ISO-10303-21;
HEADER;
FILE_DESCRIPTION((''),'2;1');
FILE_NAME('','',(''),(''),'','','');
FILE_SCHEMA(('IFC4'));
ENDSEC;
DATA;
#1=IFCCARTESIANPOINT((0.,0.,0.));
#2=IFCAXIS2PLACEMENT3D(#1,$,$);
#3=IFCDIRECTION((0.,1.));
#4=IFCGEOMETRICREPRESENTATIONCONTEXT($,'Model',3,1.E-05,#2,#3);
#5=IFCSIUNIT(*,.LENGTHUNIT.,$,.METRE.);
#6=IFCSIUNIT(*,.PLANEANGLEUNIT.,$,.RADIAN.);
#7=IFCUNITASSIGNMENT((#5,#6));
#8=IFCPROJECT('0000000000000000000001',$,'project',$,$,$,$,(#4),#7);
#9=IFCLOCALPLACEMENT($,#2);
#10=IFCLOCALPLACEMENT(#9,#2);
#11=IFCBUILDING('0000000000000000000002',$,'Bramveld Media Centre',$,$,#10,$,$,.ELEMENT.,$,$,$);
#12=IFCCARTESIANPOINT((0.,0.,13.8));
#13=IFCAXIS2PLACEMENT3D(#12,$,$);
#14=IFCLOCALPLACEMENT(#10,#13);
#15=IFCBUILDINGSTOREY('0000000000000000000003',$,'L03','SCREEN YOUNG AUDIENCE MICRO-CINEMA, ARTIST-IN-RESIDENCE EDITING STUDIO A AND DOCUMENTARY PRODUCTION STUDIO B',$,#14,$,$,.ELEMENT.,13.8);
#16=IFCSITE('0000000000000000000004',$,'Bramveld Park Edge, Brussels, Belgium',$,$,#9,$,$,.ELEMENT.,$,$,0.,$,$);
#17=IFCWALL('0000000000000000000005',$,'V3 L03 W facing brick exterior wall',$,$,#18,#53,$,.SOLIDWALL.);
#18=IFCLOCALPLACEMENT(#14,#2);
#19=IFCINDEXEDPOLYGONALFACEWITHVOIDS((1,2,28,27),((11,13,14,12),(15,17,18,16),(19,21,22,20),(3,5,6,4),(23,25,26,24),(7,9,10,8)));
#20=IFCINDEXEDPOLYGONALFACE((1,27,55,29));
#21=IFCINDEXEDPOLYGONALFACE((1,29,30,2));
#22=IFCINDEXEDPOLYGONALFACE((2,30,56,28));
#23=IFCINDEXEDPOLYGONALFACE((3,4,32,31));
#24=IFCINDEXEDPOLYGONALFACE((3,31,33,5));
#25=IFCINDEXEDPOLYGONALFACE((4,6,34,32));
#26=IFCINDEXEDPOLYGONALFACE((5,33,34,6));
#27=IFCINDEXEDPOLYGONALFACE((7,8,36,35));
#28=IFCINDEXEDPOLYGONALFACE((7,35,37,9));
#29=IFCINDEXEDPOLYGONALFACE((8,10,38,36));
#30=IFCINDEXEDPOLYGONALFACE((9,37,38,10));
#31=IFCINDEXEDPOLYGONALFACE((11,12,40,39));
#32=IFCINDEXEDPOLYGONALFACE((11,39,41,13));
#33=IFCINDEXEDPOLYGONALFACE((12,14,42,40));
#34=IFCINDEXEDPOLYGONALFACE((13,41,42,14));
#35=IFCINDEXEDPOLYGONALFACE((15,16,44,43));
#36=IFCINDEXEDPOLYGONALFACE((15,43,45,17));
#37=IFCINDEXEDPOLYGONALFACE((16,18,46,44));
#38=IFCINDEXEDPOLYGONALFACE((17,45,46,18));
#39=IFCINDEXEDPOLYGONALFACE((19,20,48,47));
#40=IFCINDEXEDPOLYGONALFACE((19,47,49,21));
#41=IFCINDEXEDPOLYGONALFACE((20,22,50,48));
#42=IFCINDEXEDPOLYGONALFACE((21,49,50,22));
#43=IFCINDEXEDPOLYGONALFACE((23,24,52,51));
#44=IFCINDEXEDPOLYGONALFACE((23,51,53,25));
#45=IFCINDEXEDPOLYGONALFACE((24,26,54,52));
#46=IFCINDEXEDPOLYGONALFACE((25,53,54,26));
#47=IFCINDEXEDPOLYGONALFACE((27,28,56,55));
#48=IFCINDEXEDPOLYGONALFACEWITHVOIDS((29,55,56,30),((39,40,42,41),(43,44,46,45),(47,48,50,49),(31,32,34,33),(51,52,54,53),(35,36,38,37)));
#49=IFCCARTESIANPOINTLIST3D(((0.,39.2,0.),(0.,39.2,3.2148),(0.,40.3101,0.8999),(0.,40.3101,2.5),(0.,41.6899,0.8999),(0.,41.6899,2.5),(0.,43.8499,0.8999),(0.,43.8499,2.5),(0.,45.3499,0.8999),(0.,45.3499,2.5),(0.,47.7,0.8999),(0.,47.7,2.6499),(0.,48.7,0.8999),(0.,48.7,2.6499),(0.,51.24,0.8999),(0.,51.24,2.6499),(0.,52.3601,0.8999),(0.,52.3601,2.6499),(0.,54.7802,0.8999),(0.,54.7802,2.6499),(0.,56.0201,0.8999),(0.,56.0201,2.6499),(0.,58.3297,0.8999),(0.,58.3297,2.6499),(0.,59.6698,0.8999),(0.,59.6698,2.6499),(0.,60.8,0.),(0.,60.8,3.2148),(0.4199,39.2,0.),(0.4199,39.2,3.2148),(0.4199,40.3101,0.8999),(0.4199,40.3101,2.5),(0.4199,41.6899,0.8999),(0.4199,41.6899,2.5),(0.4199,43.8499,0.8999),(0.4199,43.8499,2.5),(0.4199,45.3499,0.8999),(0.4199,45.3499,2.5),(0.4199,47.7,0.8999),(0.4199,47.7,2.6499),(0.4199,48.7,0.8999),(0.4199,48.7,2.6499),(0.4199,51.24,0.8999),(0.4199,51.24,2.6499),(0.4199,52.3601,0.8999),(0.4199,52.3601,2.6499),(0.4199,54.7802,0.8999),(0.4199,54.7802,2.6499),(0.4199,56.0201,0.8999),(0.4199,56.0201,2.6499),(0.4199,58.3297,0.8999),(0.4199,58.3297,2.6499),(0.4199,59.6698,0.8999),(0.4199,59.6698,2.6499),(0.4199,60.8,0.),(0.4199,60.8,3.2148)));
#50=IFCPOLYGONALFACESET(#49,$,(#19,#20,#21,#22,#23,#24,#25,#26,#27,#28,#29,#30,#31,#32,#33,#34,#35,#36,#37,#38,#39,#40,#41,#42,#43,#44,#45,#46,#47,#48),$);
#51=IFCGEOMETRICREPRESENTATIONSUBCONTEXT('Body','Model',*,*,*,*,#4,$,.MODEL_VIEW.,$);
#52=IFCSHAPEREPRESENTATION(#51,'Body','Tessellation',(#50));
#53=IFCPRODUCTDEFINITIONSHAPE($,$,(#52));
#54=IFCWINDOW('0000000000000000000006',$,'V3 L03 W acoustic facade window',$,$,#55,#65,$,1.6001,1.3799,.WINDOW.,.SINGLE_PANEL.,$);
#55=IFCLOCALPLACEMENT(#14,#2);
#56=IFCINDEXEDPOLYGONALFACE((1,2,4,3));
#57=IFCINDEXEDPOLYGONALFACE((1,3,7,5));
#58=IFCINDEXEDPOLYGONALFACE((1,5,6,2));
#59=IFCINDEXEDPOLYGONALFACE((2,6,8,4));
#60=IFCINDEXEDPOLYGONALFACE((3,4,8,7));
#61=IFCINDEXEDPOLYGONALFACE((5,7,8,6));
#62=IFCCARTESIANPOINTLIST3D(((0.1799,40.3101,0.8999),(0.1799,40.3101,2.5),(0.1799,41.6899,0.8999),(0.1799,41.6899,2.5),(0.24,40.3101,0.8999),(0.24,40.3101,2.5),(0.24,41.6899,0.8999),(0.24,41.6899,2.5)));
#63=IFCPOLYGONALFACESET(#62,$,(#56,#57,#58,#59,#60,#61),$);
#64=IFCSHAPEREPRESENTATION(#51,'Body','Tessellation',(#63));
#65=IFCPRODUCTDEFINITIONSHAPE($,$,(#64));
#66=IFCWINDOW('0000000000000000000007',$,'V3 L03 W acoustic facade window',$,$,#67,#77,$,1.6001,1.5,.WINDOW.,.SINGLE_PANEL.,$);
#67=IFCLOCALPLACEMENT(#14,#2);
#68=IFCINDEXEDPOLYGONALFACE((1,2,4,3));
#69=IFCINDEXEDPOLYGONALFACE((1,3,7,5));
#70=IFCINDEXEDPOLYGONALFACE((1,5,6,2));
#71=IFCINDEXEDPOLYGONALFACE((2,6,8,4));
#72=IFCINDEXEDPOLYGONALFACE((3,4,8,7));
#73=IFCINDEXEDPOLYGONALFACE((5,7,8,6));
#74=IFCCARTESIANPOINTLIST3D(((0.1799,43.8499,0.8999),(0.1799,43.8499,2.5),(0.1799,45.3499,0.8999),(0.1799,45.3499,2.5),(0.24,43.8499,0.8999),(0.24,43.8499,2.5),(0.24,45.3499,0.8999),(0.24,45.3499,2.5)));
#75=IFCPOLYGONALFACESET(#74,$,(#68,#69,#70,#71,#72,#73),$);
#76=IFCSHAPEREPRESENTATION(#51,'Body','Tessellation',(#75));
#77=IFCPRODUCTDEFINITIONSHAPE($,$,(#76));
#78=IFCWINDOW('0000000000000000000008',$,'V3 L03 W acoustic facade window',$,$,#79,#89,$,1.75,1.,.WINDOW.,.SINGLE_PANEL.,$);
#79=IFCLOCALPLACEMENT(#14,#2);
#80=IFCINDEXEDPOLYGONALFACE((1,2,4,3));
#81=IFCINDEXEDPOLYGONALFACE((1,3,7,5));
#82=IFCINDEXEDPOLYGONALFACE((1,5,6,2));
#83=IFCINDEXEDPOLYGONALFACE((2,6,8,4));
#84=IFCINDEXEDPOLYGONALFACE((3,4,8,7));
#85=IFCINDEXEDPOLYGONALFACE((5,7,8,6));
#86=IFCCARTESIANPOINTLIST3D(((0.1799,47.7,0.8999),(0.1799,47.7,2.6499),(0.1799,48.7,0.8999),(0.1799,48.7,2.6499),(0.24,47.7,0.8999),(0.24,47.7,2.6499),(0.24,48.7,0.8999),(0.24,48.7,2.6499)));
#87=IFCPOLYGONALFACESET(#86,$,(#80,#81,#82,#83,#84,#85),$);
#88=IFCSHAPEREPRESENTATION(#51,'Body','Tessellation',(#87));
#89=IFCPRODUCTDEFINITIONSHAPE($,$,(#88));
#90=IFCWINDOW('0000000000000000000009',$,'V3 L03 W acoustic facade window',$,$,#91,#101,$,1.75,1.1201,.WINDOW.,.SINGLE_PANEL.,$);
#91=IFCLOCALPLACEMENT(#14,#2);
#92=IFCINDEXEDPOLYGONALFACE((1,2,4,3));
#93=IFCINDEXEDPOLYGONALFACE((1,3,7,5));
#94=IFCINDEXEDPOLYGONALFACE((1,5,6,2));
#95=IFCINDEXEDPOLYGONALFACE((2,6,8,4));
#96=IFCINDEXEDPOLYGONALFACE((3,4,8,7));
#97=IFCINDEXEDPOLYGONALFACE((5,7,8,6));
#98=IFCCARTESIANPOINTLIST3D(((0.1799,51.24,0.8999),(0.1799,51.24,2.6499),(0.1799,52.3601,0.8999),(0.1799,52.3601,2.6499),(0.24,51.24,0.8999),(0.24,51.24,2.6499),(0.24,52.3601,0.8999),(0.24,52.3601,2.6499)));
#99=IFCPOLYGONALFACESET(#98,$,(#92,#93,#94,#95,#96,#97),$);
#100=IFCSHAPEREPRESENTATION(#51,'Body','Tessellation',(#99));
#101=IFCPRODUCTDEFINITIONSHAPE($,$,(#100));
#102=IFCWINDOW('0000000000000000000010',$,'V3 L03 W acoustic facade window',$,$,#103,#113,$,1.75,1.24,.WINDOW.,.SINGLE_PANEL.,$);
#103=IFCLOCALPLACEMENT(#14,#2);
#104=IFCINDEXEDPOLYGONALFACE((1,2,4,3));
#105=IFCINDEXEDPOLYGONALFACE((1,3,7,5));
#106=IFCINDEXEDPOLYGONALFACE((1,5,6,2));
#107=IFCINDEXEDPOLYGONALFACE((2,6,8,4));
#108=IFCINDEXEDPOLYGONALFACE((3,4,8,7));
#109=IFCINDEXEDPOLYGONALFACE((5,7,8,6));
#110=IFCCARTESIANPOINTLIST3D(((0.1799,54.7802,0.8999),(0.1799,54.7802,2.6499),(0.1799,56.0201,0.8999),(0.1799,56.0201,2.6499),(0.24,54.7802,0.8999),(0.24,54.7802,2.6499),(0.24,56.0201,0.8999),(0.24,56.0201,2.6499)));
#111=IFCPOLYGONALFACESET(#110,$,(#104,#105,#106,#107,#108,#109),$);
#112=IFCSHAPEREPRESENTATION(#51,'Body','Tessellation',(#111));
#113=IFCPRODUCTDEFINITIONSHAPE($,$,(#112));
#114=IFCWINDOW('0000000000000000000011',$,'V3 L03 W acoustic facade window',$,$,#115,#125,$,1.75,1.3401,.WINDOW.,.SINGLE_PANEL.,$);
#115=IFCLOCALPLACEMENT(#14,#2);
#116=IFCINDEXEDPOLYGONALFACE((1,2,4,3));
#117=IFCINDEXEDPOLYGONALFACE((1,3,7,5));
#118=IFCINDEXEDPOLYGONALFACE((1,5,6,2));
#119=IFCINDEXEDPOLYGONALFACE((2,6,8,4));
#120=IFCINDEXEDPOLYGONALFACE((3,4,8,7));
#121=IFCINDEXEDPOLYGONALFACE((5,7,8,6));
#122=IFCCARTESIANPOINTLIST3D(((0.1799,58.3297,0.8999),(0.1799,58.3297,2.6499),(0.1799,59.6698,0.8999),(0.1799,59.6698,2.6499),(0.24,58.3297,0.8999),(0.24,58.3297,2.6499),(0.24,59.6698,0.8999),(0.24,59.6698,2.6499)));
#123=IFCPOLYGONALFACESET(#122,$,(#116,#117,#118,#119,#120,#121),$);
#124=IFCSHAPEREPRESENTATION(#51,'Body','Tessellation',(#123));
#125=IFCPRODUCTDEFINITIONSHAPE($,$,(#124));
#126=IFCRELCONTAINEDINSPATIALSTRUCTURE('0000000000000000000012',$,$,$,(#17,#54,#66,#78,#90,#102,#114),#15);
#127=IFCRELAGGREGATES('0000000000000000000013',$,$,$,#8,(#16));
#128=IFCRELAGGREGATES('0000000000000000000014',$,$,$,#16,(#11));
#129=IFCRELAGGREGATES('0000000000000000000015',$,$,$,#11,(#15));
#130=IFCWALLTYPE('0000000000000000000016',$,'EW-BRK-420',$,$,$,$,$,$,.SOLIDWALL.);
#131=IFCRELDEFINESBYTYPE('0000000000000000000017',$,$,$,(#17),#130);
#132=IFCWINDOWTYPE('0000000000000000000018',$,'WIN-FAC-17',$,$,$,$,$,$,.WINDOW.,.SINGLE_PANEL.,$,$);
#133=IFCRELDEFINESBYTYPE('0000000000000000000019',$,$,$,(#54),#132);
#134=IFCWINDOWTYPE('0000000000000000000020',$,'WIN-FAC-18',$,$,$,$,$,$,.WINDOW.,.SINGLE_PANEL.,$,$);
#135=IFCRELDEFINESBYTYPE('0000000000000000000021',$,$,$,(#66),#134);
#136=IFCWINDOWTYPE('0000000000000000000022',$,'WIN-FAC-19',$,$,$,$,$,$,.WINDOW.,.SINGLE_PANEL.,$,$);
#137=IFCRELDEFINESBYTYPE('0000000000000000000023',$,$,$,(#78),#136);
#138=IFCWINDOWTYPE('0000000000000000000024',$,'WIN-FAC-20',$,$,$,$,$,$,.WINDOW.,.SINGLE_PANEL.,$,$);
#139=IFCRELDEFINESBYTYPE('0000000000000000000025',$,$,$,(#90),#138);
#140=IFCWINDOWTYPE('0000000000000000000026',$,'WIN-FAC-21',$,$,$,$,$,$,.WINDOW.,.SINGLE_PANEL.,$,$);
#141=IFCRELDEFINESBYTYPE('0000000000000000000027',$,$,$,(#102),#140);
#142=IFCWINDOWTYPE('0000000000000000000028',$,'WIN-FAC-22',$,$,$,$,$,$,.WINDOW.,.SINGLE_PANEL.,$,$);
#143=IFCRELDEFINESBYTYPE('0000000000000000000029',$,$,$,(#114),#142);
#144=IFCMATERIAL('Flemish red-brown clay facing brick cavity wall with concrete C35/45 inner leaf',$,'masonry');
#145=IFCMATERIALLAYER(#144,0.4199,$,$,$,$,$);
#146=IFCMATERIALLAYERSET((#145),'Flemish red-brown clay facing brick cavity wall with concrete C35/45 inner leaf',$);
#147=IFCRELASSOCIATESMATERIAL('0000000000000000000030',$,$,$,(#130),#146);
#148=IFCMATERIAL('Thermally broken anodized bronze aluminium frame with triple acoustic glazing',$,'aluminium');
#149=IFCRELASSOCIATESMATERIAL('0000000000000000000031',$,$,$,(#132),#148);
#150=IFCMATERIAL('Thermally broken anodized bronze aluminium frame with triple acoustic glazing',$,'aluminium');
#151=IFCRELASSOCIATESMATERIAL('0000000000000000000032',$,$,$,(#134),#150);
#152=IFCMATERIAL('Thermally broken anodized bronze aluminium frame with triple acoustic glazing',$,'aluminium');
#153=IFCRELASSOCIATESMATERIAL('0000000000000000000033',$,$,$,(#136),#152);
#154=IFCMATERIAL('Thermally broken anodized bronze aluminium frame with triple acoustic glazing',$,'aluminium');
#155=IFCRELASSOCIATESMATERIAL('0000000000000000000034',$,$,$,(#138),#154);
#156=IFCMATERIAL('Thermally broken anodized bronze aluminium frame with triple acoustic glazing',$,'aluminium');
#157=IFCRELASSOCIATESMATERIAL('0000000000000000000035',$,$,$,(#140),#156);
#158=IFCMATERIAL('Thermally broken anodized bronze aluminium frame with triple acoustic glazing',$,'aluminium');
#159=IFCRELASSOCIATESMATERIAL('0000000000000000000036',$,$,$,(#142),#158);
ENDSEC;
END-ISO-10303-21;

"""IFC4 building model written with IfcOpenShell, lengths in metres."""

from ifc_helpers import new_model, si_unit, direction, frame, frame_2d, origin, place, context, subcontext, project, spatial, rectangle, extrude, material, layer, layer_set, type_object, element, fill, save


model = new_model("IFC4")

# Units and contexts
model_context = context("Model", 3, precision=1e-05, world=origin(), true_north=direction((0.0, 1.0)))
body_context = subcontext(model_context, "Body", "Model", "MODEL_VIEW")
ifc_project = project(units=[si_unit("LENGTHUNIT", "METRE"), si_unit("PLANEANGLEUNIT", "RADIAN")], contexts=[model_context])

# Site, building, storey
site_placement = place(None, origin())
site = spatial("IfcSite", under=ifc_project, at=site_placement, Name="Bramveld Park Edge, Brussels, Belgium", CompositionType="ELEMENT", RefElevation=0.0)
building_placement = place(site_placement, origin())
building = spatial("IfcBuilding", under=site, at=building_placement, Name="Bramveld Media Centre", CompositionType="ELEMENT")
storey_placement = place(building_placement, frame((0.0, 0.0, 13.8)))
storey = spatial("IfcBuildingStorey", under=building, at=storey_placement, Name="L03", Description="SCREEN YOUNG AUDIENCE MICRO-CINEMA, ARTIST-IN-RESIDENCE EDITING STUDIO A AND DOCUMENTARY PRODUCTION STUDIO B", CompositionType="ELEMENT", Elevation=13.8)

# Wall, openings, windows
ifc_material_1 = material(Name="Flemish red-brown clay facing brick cavity wall with concrete C35/45 inner leaf", Category="masonry")
ifc_layer_1 = layer(ifc_material_1, 0.4199)
ifc_layer_set_1 = layer_set([ifc_layer_1], Name="Flemish red-brown clay facing brick cavity wall with concrete C35/45 inner leaf")
wall_type_1 = type_object("IfcWallType", Name="EW-BRK-420", PredefinedType="SOLIDWALL", material=ifc_layer_set_1)
wall_1_placement = place(storey_placement, frame((0.21, 39.2, 0.0), z_axis=(0.0, 0.0, 1.0), x_axis=(0.0, 1.0, 0.0)))
wall_1 = element("IfcWall", 1, at=wall_1_placement, inside=storey, type_object=wall_type_1, Name="V3 L03 W facing brick exterior wall", PredefinedType="SOLIDWALL", context=body_context, shape_type="SweptSolid", body=[
    extrude(rectangle(XDim=21.6001, YDim=0.4199, at=frame_2d((10.8, 0.0))), origin(), (0.0, 0.0, 1.0), 3.2148),
])
opening_1_placement = place(wall_1_placement, frame((1.1101, 0.0, 0.8999)))
opening_1 = element("IfcOpeningElement", 2, at=opening_1_placement, cuts=wall_1, PredefinedType="OPENING", context=body_context, shape_type="SweptSolid", body=[
    extrude(rectangle(XDim=1.3799, YDim=1.6001, at=frame_2d((0.6899, 0.8))), frame((0.0, 0.2219, 0.0), z_axis=(0.0, -1.0, 0.0), x_axis=(1.0, 0.0, 0.0)), (0.0, 0.0, 1.0), 0.4438),
])
opening_2_placement = place(wall_1_placement, frame((4.6499, 0.0, 0.8999)))
opening_2 = element("IfcOpeningElement", 3, at=opening_2_placement, cuts=wall_1, PredefinedType="OPENING", context=body_context, shape_type="SweptSolid", body=[
    extrude(rectangle(XDim=1.5, YDim=1.6001, at=frame_2d((0.75, 0.8))), frame((0.0, 0.2219, 0.0), z_axis=(0.0, -1.0, 0.0), x_axis=(1.0, 0.0, 0.0)), (0.0, 0.0, 1.0), 0.4438),
])
opening_3_placement = place(wall_1_placement, frame((8.5, 0.0, 0.8999)))
opening_3 = element("IfcOpeningElement", 4, at=opening_3_placement, cuts=wall_1, PredefinedType="OPENING", context=body_context, shape_type="SweptSolid", body=[
    extrude(rectangle(XDim=1.0, YDim=1.75, at=frame_2d((0.5, 0.875))), frame((0.0, 0.2219, 0.0), z_axis=(0.0, -1.0, 0.0), x_axis=(1.0, 0.0, 0.0)), (0.0, 0.0, 1.0), 0.4438),
])
opening_4_placement = place(wall_1_placement, frame((12.04, 0.0, 0.8999)))
opening_4 = element("IfcOpeningElement", 5, at=opening_4_placement, cuts=wall_1, PredefinedType="OPENING", context=body_context, shape_type="SweptSolid", body=[
    extrude(rectangle(XDim=1.1201, YDim=1.75, at=frame_2d((0.5601, 0.875))), frame((0.0, 0.2219, 0.0), z_axis=(0.0, -1.0, 0.0), x_axis=(1.0, 0.0, 0.0)), (0.0, 0.0, 1.0), 0.4438),
])
opening_5_placement = place(wall_1_placement, frame((15.5801, 0.0, 0.8999)))
opening_5 = element("IfcOpeningElement", 6, at=opening_5_placement, cuts=wall_1, PredefinedType="OPENING", context=body_context, shape_type="SweptSolid", body=[
    extrude(rectangle(XDim=1.24, YDim=1.75, at=frame_2d((0.6201, 0.875))), frame((0.0, 0.2219, 0.0), z_axis=(0.0, -1.0, 0.0), x_axis=(1.0, 0.0, 0.0)), (0.0, 0.0, 1.0), 0.4438),
])
opening_6_placement = place(wall_1_placement, frame((19.1299, 0.0, 0.8999)))
opening_6 = element("IfcOpeningElement", 7, at=opening_6_placement, cuts=wall_1, PredefinedType="OPENING", context=body_context, shape_type="SweptSolid", body=[
    extrude(rectangle(XDim=1.3401, YDim=1.75, at=frame_2d((0.6699, 0.875))), frame((0.0, 0.2219, 0.0), z_axis=(0.0, -1.0, 0.0), x_axis=(1.0, 0.0, 0.0)), (0.0, 0.0, 1.0), 0.4438),
])
ifc_material_2 = material(Name="Thermally broken anodized bronze aluminium frame with triple acoustic glazing", Category="aluminium")
window_type_1 = type_object("IfcWindowType", Name="WIN-FAC-17", PartitioningType="SINGLE_PANEL", PredefinedType="WINDOW", material=ifc_material_2)
window_1_placement = place(opening_1_placement, origin())
window_1 = element("IfcWindow", 8, at=window_1_placement, inside=storey, type_object=window_type_1, Name="V3 L03 W acoustic facade window", OverallHeight=1.6001, OverallWidth=1.3799, PartitioningType="SINGLE_PANEL", PredefinedType="WINDOW", context=body_context, shape_type="SweptSolid", body=[
    extrude(rectangle(XDim=1.3799, YDim=1.6001, at=frame_2d((0.6899, 0.8))), frame((0.0, 0.03, 0.0), z_axis=(0.0, -1.0, 0.0), x_axis=(1.0, 0.0, 0.0)), (0.0, 0.0, 1.0), 0.0601),
])
fill(opening_1, window_1)
ifc_material_3 = material(Name="Thermally broken anodized bronze aluminium frame with triple acoustic glazing", Category="aluminium")
window_type_2 = type_object("IfcWindowType", Name="WIN-FAC-18", PartitioningType="SINGLE_PANEL", PredefinedType="WINDOW", material=ifc_material_3)
window_2_placement = place(opening_2_placement, origin())
window_2 = element("IfcWindow", 9, at=window_2_placement, inside=storey, type_object=window_type_2, Name="V3 L03 W acoustic facade window", OverallHeight=1.6001, OverallWidth=1.5, PartitioningType="SINGLE_PANEL", PredefinedType="WINDOW", context=body_context, shape_type="SweptSolid", body=[
    extrude(rectangle(XDim=1.5, YDim=1.6001, at=frame_2d((0.75, 0.8))), frame((0.0, 0.03, 0.0), z_axis=(0.0, -1.0, 0.0), x_axis=(1.0, 0.0, 0.0)), (0.0, 0.0, 1.0), 0.0601),
])
fill(opening_2, window_2)
ifc_material_4 = material(Name="Thermally broken anodized bronze aluminium frame with triple acoustic glazing", Category="aluminium")
window_type_3 = type_object("IfcWindowType", Name="WIN-FAC-19", PartitioningType="SINGLE_PANEL", PredefinedType="WINDOW", material=ifc_material_4)
window_3_placement = place(opening_3_placement, origin())
window_3 = element("IfcWindow", 10, at=window_3_placement, inside=storey, type_object=window_type_3, Name="V3 L03 W acoustic facade window", OverallHeight=1.75, OverallWidth=1.0, PartitioningType="SINGLE_PANEL", PredefinedType="WINDOW", context=body_context, shape_type="SweptSolid", body=[
    extrude(rectangle(XDim=1.0, YDim=1.75, at=frame_2d((0.5, 0.875))), frame((0.0, 0.03, 0.0), z_axis=(0.0, -1.0, 0.0), x_axis=(1.0, 0.0, 0.0)), (0.0, 0.0, 1.0), 0.0601),
])
fill(opening_3, window_3)
ifc_material_5 = material(Name="Thermally broken anodized bronze aluminium frame with triple acoustic glazing", Category="aluminium")
window_type_4 = type_object("IfcWindowType", Name="WIN-FAC-20", PartitioningType="SINGLE_PANEL", PredefinedType="WINDOW", material=ifc_material_5)
window_4_placement = place(opening_4_placement, origin())
window_4 = element("IfcWindow", 11, at=window_4_placement, inside=storey, type_object=window_type_4, Name="V3 L03 W acoustic facade window", OverallHeight=1.75, OverallWidth=1.1201, PartitioningType="SINGLE_PANEL", PredefinedType="WINDOW", context=body_context, shape_type="SweptSolid", body=[
    extrude(rectangle(XDim=1.1201, YDim=1.75, at=frame_2d((0.5601, 0.875))), frame((0.0, 0.03, 0.0), z_axis=(0.0, -1.0, 0.0), x_axis=(1.0, 0.0, 0.0)), (0.0, 0.0, 1.0), 0.0601),
])
fill(opening_4, window_4)
ifc_material_6 = material(Name="Thermally broken anodized bronze aluminium frame with triple acoustic glazing", Category="aluminium")
window_type_5 = type_object("IfcWindowType", Name="WIN-FAC-21", PartitioningType="SINGLE_PANEL", PredefinedType="WINDOW", material=ifc_material_6)
window_5_placement = place(opening_5_placement, origin())
window_5 = element("IfcWindow", 12, at=window_5_placement, inside=storey, type_object=window_type_5, Name="V3 L03 W acoustic facade window", OverallHeight=1.75, OverallWidth=1.24, PartitioningType="SINGLE_PANEL", PredefinedType="WINDOW", context=body_context, shape_type="SweptSolid", body=[
    extrude(rectangle(XDim=1.24, YDim=1.75, at=frame_2d((0.6201, 0.875))), frame((0.0, 0.03, 0.0), z_axis=(0.0, -1.0, 0.0), x_axis=(1.0, 0.0, 0.0)), (0.0, 0.0, 1.0), 0.0601),
])
fill(opening_5, window_5)
ifc_material_7 = material(Name="Thermally broken anodized bronze aluminium frame with triple acoustic glazing", Category="aluminium")
window_type_6 = type_object("IfcWindowType", Name="WIN-FAC-22", PartitioningType="SINGLE_PANEL", PredefinedType="WINDOW", material=ifc_material_7)
window_6_placement = place(opening_6_placement, origin())
window_6 = element("IfcWindow", 13, at=window_6_placement, inside=storey, type_object=window_type_6, Name="V3 L03 W acoustic facade window", OverallHeight=1.75, OverallWidth=1.3401, PartitioningType="SINGLE_PANEL", PredefinedType="WINDOW", context=body_context, shape_type="SweptSolid", body=[
    extrude(rectangle(XDim=1.3401, YDim=1.75, at=frame_2d((0.6699, 0.875))), frame((0.0, 0.03, 0.0), z_axis=(0.0, -1.0, 0.0), x_axis=(1.0, 0.0, 0.0)), (0.0, 0.0, 1.0), 0.0601),
])
fill(opening_6, window_6)

save(model, "model.ifc")
